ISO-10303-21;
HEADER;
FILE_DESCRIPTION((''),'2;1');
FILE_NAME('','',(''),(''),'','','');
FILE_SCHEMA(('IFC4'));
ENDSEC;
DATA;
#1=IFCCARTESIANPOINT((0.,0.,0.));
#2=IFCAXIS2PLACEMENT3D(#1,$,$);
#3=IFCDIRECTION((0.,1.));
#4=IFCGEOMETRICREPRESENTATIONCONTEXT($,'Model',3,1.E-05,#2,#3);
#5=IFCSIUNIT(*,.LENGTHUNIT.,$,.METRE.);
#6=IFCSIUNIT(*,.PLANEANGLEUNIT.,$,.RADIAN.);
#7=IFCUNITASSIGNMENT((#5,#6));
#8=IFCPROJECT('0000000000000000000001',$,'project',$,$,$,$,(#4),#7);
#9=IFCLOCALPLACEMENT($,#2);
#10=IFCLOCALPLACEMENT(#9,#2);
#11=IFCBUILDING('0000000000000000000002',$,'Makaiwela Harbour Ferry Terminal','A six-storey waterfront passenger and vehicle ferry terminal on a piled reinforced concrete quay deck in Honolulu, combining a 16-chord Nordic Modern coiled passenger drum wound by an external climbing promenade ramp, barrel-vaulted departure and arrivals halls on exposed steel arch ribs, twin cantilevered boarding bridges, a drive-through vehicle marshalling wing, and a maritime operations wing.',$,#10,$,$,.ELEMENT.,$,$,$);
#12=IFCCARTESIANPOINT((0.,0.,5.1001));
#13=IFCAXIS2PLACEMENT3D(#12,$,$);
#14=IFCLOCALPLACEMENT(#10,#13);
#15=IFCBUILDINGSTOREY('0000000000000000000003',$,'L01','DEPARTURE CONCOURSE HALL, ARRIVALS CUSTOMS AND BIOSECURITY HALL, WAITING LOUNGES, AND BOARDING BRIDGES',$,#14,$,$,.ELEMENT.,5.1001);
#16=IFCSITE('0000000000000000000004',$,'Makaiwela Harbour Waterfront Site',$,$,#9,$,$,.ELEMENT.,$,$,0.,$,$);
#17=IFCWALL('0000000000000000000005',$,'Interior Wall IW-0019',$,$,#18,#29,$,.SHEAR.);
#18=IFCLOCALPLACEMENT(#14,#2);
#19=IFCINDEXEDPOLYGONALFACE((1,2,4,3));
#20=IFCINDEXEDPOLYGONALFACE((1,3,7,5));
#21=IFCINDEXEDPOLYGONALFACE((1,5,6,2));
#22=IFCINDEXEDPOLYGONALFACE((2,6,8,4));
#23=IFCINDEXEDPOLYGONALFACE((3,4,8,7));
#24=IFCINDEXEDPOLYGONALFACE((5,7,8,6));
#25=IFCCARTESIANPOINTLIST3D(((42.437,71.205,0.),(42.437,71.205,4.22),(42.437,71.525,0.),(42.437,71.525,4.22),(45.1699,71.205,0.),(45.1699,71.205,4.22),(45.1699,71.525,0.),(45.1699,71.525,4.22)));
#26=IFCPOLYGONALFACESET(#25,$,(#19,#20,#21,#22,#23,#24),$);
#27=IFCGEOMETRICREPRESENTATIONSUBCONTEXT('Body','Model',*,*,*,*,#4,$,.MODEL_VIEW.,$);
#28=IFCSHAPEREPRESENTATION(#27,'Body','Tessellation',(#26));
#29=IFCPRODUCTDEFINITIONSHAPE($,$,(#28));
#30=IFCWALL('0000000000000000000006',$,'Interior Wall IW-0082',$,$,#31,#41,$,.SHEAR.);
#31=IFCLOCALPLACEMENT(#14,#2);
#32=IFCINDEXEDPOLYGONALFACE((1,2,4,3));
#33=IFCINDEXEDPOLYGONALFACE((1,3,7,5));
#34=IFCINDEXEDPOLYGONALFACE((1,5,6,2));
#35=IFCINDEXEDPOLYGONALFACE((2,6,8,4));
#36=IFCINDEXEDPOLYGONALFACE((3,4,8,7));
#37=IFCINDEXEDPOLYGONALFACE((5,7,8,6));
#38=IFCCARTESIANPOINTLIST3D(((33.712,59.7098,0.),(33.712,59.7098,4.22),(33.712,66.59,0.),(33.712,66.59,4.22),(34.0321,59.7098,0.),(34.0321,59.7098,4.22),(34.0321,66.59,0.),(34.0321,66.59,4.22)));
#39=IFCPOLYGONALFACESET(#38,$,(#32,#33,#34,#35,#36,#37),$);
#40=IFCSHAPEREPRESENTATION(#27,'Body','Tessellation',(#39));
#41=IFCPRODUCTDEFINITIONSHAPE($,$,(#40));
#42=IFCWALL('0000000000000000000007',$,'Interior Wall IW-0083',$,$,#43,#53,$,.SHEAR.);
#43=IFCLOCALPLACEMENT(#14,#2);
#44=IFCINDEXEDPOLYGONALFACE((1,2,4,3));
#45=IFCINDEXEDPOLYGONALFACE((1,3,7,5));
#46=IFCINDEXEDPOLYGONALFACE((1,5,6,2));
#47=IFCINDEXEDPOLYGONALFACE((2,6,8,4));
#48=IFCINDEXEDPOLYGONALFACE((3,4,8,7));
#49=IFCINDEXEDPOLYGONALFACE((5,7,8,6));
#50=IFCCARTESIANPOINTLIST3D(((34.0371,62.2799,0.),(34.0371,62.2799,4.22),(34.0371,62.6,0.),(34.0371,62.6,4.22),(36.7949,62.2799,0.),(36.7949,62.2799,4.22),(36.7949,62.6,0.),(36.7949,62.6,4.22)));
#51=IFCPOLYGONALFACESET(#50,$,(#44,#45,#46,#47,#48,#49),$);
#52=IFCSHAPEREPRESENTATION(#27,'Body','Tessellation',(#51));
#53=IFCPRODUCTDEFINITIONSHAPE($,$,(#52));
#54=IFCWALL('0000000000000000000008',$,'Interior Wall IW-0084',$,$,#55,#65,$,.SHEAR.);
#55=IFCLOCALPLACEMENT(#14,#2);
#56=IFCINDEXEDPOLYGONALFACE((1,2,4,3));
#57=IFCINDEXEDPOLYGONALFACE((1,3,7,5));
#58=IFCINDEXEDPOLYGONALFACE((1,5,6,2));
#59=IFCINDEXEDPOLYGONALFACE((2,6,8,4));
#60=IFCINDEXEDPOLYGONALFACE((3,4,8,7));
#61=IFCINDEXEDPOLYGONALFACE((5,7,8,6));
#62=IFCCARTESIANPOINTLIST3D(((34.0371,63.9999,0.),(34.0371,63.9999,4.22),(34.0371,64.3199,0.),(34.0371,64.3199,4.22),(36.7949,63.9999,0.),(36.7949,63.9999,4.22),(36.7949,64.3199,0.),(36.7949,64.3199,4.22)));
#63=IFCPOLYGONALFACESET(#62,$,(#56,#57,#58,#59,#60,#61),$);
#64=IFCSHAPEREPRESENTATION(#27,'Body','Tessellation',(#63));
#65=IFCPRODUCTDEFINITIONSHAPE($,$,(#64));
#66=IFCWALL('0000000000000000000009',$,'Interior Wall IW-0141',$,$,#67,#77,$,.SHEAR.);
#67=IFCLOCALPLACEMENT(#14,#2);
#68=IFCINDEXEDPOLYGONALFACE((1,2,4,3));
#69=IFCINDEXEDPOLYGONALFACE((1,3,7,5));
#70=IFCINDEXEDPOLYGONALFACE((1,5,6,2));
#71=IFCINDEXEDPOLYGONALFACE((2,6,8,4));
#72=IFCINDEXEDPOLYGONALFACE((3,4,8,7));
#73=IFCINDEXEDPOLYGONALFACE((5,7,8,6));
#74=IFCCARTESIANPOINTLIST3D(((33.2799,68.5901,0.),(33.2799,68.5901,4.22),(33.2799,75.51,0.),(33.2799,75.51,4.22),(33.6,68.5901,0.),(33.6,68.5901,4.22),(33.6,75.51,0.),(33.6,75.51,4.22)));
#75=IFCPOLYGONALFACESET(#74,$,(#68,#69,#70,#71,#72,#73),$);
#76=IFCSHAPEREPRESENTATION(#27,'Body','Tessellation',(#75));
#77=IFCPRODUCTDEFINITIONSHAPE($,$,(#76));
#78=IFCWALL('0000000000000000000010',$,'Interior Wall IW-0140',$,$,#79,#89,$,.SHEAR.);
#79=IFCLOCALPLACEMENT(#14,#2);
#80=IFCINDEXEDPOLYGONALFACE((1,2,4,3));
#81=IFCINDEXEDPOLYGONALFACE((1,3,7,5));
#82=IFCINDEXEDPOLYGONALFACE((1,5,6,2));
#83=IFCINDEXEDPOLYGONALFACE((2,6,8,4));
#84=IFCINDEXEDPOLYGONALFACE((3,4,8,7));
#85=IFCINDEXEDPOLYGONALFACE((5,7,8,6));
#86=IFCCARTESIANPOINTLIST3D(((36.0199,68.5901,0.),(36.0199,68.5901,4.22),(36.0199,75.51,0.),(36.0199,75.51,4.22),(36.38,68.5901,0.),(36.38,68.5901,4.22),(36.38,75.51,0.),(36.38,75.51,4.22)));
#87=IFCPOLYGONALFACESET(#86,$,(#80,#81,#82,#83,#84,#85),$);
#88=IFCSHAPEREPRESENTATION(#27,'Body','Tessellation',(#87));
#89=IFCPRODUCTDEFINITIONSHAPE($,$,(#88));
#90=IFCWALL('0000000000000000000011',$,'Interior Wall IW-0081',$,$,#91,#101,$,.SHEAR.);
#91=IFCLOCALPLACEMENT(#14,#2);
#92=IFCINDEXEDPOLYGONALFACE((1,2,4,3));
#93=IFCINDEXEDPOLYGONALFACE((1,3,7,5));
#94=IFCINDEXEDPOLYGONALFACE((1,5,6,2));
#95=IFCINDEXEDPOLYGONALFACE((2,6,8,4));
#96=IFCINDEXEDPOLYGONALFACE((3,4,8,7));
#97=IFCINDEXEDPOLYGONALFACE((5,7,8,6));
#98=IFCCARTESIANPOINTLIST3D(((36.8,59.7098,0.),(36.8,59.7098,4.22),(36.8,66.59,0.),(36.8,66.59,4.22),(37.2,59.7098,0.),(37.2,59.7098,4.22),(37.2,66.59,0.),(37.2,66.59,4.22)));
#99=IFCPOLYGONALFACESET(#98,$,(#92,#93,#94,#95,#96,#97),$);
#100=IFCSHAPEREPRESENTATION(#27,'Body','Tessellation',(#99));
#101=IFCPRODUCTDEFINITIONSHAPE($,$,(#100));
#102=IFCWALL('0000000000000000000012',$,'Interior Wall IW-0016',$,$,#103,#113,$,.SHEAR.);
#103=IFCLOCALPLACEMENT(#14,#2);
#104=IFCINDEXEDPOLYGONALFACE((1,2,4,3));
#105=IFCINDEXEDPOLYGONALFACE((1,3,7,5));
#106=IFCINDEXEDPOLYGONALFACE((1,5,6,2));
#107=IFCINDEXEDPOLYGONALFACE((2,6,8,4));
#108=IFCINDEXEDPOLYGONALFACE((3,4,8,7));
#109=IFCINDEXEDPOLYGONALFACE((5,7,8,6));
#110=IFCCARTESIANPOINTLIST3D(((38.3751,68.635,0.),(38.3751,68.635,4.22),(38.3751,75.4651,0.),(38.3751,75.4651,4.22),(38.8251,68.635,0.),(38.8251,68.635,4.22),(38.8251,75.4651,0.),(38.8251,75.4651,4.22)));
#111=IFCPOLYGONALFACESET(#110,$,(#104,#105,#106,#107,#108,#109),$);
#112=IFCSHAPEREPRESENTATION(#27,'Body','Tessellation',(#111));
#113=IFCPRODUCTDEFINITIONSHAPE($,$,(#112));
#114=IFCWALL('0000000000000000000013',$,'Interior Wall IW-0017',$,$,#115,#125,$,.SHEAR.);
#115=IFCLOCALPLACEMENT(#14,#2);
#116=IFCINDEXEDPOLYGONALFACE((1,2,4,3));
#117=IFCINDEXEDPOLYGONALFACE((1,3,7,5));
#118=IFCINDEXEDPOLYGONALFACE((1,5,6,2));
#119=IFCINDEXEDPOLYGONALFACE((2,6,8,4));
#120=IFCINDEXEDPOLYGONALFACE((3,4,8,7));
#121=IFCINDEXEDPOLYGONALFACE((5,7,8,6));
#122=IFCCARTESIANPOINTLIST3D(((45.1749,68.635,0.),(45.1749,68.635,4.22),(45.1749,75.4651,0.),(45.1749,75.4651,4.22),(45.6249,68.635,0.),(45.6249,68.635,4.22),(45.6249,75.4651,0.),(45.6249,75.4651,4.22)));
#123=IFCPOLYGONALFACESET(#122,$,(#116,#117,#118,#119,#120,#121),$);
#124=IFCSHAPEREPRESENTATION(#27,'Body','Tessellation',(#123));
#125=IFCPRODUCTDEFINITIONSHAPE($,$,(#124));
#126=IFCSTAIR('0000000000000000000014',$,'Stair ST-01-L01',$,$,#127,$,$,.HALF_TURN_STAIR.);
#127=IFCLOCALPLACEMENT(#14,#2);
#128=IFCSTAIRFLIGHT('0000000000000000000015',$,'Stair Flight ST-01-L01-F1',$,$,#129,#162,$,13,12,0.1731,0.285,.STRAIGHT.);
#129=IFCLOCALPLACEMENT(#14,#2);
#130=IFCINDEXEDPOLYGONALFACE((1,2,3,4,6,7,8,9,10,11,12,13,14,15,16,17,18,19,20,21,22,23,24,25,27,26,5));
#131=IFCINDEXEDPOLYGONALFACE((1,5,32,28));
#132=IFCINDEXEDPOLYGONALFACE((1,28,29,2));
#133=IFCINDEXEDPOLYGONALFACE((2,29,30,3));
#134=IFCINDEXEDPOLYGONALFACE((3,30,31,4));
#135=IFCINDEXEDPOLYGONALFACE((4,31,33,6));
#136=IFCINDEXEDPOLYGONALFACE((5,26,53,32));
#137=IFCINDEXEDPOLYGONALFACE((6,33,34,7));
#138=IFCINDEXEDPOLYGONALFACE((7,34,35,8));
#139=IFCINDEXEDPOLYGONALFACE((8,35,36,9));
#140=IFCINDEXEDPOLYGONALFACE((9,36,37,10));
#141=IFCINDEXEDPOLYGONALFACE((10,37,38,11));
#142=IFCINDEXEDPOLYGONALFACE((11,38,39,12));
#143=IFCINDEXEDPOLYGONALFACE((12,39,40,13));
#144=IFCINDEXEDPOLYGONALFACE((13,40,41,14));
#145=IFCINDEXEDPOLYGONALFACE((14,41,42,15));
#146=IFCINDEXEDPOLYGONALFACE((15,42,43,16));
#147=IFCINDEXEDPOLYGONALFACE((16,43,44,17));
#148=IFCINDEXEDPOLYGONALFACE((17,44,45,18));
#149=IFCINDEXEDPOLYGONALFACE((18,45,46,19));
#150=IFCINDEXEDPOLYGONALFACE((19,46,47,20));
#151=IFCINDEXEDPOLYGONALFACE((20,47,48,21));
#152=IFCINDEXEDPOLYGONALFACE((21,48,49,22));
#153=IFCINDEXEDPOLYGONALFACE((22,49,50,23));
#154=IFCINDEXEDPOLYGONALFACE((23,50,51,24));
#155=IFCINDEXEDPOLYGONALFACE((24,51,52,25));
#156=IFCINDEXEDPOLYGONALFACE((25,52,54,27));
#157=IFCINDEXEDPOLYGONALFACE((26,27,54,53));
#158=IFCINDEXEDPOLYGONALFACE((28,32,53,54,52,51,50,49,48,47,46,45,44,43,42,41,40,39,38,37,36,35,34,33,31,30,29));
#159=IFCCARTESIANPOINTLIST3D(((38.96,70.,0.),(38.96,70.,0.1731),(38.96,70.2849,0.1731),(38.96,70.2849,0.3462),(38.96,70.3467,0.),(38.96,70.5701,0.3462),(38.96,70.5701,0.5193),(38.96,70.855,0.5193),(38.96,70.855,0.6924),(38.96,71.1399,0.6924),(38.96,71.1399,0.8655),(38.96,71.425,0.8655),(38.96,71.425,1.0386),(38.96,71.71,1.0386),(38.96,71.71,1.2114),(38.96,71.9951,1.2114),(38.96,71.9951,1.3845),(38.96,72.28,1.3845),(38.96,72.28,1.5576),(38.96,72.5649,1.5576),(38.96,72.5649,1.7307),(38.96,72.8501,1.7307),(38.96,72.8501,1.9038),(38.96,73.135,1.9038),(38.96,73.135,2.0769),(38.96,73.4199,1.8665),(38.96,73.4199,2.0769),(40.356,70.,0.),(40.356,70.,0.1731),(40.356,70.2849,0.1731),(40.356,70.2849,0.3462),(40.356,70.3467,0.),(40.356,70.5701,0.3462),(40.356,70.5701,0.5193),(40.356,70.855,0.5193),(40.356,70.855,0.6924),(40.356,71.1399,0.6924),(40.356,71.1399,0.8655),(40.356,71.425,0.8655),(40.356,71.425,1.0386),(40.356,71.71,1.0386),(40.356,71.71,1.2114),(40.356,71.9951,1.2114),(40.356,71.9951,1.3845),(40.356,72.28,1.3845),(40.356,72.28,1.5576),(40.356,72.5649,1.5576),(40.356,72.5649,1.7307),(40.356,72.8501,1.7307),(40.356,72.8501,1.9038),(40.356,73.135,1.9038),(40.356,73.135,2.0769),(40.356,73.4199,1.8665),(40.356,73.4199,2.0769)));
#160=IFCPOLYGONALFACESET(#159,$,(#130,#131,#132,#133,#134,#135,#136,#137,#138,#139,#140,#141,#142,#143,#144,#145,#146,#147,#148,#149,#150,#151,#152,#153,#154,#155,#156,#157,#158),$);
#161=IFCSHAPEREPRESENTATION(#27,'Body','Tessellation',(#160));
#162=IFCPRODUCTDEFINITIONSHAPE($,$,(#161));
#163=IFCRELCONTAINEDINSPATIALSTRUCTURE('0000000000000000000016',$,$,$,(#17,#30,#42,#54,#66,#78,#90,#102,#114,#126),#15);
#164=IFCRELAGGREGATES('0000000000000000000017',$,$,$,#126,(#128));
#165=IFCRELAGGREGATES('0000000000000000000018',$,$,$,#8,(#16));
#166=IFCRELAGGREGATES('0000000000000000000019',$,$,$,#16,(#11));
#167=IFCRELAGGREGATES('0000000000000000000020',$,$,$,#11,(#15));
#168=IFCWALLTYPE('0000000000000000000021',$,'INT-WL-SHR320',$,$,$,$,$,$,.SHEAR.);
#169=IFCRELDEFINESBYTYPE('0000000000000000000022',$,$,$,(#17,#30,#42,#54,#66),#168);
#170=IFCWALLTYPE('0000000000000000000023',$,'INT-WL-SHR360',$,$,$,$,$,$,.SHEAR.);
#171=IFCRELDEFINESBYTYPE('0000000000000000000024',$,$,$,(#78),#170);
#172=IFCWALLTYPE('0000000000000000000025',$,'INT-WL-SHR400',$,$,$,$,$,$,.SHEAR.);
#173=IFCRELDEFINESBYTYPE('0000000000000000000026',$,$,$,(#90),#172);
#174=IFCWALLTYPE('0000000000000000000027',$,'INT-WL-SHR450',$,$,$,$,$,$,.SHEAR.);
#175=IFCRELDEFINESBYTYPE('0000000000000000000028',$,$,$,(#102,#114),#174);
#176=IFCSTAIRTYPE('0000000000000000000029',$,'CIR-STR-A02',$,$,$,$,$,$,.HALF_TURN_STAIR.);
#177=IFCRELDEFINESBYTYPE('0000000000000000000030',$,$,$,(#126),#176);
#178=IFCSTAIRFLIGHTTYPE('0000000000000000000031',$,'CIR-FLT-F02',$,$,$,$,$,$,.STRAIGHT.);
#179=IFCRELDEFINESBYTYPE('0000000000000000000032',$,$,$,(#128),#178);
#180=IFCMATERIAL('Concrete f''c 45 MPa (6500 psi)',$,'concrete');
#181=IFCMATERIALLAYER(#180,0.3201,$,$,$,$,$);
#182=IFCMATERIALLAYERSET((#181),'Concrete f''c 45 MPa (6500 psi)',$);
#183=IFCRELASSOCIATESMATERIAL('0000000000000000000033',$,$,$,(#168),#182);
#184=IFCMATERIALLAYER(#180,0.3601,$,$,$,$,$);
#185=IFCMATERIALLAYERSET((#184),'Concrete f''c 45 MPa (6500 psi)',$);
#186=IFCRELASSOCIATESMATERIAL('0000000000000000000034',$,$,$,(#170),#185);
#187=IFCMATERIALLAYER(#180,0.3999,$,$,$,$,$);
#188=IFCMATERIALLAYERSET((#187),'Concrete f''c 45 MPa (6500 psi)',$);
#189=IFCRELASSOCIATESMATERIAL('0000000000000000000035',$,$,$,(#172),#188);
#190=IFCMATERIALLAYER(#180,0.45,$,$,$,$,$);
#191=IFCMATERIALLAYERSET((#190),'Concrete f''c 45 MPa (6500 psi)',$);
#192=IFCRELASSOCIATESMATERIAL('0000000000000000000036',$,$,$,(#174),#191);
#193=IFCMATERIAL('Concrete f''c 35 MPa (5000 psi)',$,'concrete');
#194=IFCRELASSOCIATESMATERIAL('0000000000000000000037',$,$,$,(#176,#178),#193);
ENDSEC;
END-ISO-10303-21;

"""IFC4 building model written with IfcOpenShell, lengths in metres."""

from ifc_helpers import new_model, si_unit, direction, frame, frame_2d, origin, place, context, subcontext, project, spatial, polyline, rectangle, outline, extrude, material, layer, layer_set, type_object, element, aggregate, save


model = new_model("IFC4")

# Units and contexts
model_context = context("Model", 3, precision=1e-05, world=origin(), true_north=direction((0.0, 1.0)))
body_context = subcontext(model_context, "Body", "Model", "MODEL_VIEW")
ifc_project = project(units=[si_unit("LENGTHUNIT", "METRE"), si_unit("PLANEANGLEUNIT", "RADIAN")], contexts=[model_context])

# Site, building, storey
site_placement = place(None, origin())
site = spatial("IfcSite", under=ifc_project, at=site_placement, Name="Makaiwela Harbour Waterfront Site", CompositionType="ELEMENT", RefElevation=0.0)
building_placement = place(site_placement, origin())
building = spatial("IfcBuilding", under=site, at=building_placement, Name="Makaiwela Harbour Ferry Terminal", Description="A six-storey waterfront passenger and vehicle ferry terminal on a piled reinforced concrete quay deck in Honolulu, combining a 16-chord Nordic Modern coiled passenger drum wound by an external climbing promenade ramp, barrel-vaulted departure and arrivals halls on exposed steel arch ribs, twin cantilevered boarding bridges, a drive-through vehicle marshalling wing, and a maritime operations wing.", CompositionType="ELEMENT")
storey_placement = place(building_placement, frame((0.0, 0.0, 5.1001)))
storey = spatial("IfcBuildingStorey", under=building, at=storey_placement, Name="L01", Description="DEPARTURE CONCOURSE HALL, ARRIVALS CUSTOMS AND BIOSECURITY HALL, WAITING LOUNGES, AND BOARDING BRIDGES", CompositionType="ELEMENT", Elevation=5.1001)

# Walls
ifc_material_1 = material(Name="Concrete f'c 45 MPa (6500 psi)", Category="concrete")
ifc_layer_1 = layer(ifc_material_1, 0.3201)
ifc_layer_set_1 = layer_set([ifc_layer_1], Name="Concrete f'c 45 MPa (6500 psi)")
wall_type_1 = type_object("IfcWallType", Name="INT-WL-SHR320", PredefinedType="SHEAR", material=ifc_layer_set_1)
wall_1_placement = place(storey_placement, frame((42.437, 71.365, 0.0), z_axis=(0.0, 0.0, 1.0), x_axis=(1.0, 0.0, 0.0)))
element("IfcWall", 1, at=wall_1_placement, inside=storey, type_object=wall_type_1, Name="Interior Wall IW-0019", PredefinedType="SHEAR", context=body_context, shape_type="SweptSolid", body=[
    extrude(rectangle(XDim=2.7329, YDim=0.3201, at=frame_2d((1.3665, 0.0))), origin(), (0.0, 0.0, 1.0), 4.22),
])
wall_2_placement = place(storey_placement, frame((33.8721, 59.71, 0.0), z_axis=(0.0, 0.0, 1.0), x_axis=(0.0, 1.0, 0.0)))
element("IfcWall", 2, at=wall_2_placement, inside=storey, type_object=wall_type_1, Name="Interior Wall IW-0082", PredefinedType="SHEAR", context=body_context, shape_type="SweptSolid", body=[
    extrude(rectangle(XDim=6.8801, YDim=0.3201, at=frame_2d((3.4399, 0.0))), origin(), (0.0, 0.0, 1.0), 4.22),
])
for number, where, z_axis, x_axis, name in (
    (3, (34.0371, 62.4399, 0.0), (0.0, 0.0, 1.0), (1.0, 0.0, 0.0), "Interior Wall IW-0083"),
    (4, (34.0371, 64.1599, 0.0), (0.0, 0.0, 1.0), (1.0, 0.0, 0.0), "Interior Wall IW-0084"),
):
    element("IfcWall", number, at=place(storey_placement, frame(where, z_axis=z_axis, x_axis=x_axis)), inside=storey, type_object=wall_type_1, Name=name, PredefinedType="SHEAR", context=body_context, shape_type="SweptSolid", body=[
        extrude(rectangle(XDim=2.7578, YDim=0.3201, at=frame_2d((1.3789, 0.0))), origin(), (0.0, 0.0, 1.0), 4.22),
    ])
wall_3_placement = place(storey_placement, frame((33.4399, 68.5901, 0.0), z_axis=(0.0, 0.0, 1.0), x_axis=(0.0, 1.0, 0.0)))
element("IfcWall", 5, at=wall_3_placement, inside=storey, type_object=wall_type_1, Name="Interior Wall IW-0141", PredefinedType="SHEAR", context=body_context, shape_type="SweptSolid", body=[
    extrude(rectangle(XDim=6.9199, YDim=0.3201, at=frame_2d((3.46, 0.0))), origin(), (0.0, 0.0, 1.0), 4.22),
])
ifc_layer_2 = layer(ifc_material_1, 0.3601)
ifc_layer_set_2 = layer_set([ifc_layer_2], Name="Concrete f'c 45 MPa (6500 psi)")
wall_type_2 = type_object("IfcWallType", Name="INT-WL-SHR360", PredefinedType="SHEAR", material=ifc_layer_set_2)
wall_4_placement = place(storey_placement, frame((36.2, 68.5901, 0.0), z_axis=(0.0, 0.0, 1.0), x_axis=(0.0, 1.0, 0.0)))
element("IfcWall", 6, at=wall_4_placement, inside=storey, type_object=wall_type_2, Name="Interior Wall IW-0140", PredefinedType="SHEAR", context=body_context, shape_type="SweptSolid", body=[
    extrude(rectangle(XDim=6.9199, YDim=0.3601, at=frame_2d((3.46, 0.0))), origin(), (0.0, 0.0, 1.0), 4.22),
])
ifc_layer_3 = layer(ifc_material_1, 0.3999)
ifc_layer_set_3 = layer_set([ifc_layer_3], Name="Concrete f'c 45 MPa (6500 psi)")
wall_type_3 = type_object("IfcWallType", Name="INT-WL-SHR400", PredefinedType="SHEAR", material=ifc_layer_set_3)
wall_5_placement = place(storey_placement, frame((37.0, 59.71, 0.0), z_axis=(0.0, 0.0, 1.0), x_axis=(0.0, 1.0, 0.0)))
element("IfcWall", 7, at=wall_5_placement, inside=storey, type_object=wall_type_3, Name="Interior Wall IW-0081", PredefinedType="SHEAR", context=body_context, shape_type="SweptSolid", body=[
    extrude(rectangle(XDim=6.8801, YDim=0.3999, at=frame_2d((3.4399, 0.0))), origin(), (0.0, 0.0, 1.0), 4.22),
])

# Shared definitions
ifc_layer_4 = layer(ifc_material_1, 0.45)
ifc_layer_set_4 = layer_set([ifc_layer_4], Name="Concrete f'c 45 MPa (6500 psi)")
wall_type_4 = type_object("IfcWallType", Name="INT-WL-SHR450", PredefinedType="SHEAR", material=ifc_layer_set_4)

# Walls
for number, where, z_axis, x_axis, name in (
    (8, (38.6001, 68.635, 0.0), (0.0, 0.0, 1.0), (0.0, 1.0, 0.0), "Interior Wall IW-0016"),
    (9, (45.3999, 68.635, 0.0), (0.0, 0.0, 1.0), (0.0, 1.0, 0.0), "Interior Wall IW-0017"),
):
    element("IfcWall", number, at=place(storey_placement, frame(where, z_axis=z_axis, x_axis=x_axis)), inside=storey, type_object=wall_type_4, Name=name, PredefinedType="SHEAR", context=body_context, shape_type="SweptSolid", body=[
        extrude(rectangle(XDim=6.8301, YDim=0.45, at=frame_2d((3.415, 0.0))), origin(), (0.0, 0.0, 1.0), 4.22),
    ])

# Stair, stair flight
ifc_material_2 = material(Name="Concrete f'c 35 MPa (5000 psi)", Category="concrete")
stair_type = type_object("IfcStairType", Name="CIR-STR-A02", PredefinedType="HALF_TURN_STAIR", material=ifc_material_2)
stair_1_placement = place(storey_placement, origin())
stair_1 = element("IfcStair", 10, at=stair_1_placement, inside=storey, type_object=stair_type, Name="Stair ST-01-L01", PredefinedType="HALF_TURN_STAIR")
stair_flight_type = type_object("IfcStairFlightType", Name="CIR-FLT-F02", PredefinedType="STRAIGHT", material=ifc_material_2)
stair_flight_1_placement = place(storey_placement, frame((39.658, 70.0, 0.0), z_axis=(0.0, 0.0, 1.0), x_axis=(0.0, 1.0, 0.0)))
stair_flight_1 = element("IfcStairFlight", 11, at=stair_flight_1_placement, type_object=stair_flight_type, Name="Stair Flight ST-01-L01-F1", NumberOfRisers=13, NumberOfTreads=12, PredefinedType="STRAIGHT", RiserHeight=0.1731, TreadLength=0.285, context=body_context, shape_type="SweptSolid", body=[
    extrude(outline(polyline([(0.0, 0.0), (0.0, 0.1731), (0.2849, 0.1731), (0.2849, 0.3462), (0.5701, 0.3462), (0.5701, 0.5193), (0.855, 0.5193), (0.855, 0.6924), (1.1399, 0.6924), (1.1399, 0.8655), (1.425, 0.8655), (1.425, 1.0386), (1.71, 1.0386), (1.71, 1.2114), (1.9951, 1.2114), (1.9951, 1.3845), (2.28, 1.3845), (2.28, 1.5576), (2.5649, 1.5576), (2.5649, 1.7307), (2.8501, 1.7307), (2.8501, 1.9038), (3.135, 1.9038), (3.135, 2.0769), (3.4199, 2.0769), (3.4199, 2.25), (3.4199, 1.8665), (0.3467, 0.0), (0.0, 0.0)])), frame((0.0, 0.698, 0.0), z_axis=(0.0, -1.0, 0.0), x_axis=(1.0, 0.0, 0.0)), (0.0, 0.0, 1.0), 1.396),
])
aggregate(stair_1, [stair_flight_1])

save(model, "model.ifc")
